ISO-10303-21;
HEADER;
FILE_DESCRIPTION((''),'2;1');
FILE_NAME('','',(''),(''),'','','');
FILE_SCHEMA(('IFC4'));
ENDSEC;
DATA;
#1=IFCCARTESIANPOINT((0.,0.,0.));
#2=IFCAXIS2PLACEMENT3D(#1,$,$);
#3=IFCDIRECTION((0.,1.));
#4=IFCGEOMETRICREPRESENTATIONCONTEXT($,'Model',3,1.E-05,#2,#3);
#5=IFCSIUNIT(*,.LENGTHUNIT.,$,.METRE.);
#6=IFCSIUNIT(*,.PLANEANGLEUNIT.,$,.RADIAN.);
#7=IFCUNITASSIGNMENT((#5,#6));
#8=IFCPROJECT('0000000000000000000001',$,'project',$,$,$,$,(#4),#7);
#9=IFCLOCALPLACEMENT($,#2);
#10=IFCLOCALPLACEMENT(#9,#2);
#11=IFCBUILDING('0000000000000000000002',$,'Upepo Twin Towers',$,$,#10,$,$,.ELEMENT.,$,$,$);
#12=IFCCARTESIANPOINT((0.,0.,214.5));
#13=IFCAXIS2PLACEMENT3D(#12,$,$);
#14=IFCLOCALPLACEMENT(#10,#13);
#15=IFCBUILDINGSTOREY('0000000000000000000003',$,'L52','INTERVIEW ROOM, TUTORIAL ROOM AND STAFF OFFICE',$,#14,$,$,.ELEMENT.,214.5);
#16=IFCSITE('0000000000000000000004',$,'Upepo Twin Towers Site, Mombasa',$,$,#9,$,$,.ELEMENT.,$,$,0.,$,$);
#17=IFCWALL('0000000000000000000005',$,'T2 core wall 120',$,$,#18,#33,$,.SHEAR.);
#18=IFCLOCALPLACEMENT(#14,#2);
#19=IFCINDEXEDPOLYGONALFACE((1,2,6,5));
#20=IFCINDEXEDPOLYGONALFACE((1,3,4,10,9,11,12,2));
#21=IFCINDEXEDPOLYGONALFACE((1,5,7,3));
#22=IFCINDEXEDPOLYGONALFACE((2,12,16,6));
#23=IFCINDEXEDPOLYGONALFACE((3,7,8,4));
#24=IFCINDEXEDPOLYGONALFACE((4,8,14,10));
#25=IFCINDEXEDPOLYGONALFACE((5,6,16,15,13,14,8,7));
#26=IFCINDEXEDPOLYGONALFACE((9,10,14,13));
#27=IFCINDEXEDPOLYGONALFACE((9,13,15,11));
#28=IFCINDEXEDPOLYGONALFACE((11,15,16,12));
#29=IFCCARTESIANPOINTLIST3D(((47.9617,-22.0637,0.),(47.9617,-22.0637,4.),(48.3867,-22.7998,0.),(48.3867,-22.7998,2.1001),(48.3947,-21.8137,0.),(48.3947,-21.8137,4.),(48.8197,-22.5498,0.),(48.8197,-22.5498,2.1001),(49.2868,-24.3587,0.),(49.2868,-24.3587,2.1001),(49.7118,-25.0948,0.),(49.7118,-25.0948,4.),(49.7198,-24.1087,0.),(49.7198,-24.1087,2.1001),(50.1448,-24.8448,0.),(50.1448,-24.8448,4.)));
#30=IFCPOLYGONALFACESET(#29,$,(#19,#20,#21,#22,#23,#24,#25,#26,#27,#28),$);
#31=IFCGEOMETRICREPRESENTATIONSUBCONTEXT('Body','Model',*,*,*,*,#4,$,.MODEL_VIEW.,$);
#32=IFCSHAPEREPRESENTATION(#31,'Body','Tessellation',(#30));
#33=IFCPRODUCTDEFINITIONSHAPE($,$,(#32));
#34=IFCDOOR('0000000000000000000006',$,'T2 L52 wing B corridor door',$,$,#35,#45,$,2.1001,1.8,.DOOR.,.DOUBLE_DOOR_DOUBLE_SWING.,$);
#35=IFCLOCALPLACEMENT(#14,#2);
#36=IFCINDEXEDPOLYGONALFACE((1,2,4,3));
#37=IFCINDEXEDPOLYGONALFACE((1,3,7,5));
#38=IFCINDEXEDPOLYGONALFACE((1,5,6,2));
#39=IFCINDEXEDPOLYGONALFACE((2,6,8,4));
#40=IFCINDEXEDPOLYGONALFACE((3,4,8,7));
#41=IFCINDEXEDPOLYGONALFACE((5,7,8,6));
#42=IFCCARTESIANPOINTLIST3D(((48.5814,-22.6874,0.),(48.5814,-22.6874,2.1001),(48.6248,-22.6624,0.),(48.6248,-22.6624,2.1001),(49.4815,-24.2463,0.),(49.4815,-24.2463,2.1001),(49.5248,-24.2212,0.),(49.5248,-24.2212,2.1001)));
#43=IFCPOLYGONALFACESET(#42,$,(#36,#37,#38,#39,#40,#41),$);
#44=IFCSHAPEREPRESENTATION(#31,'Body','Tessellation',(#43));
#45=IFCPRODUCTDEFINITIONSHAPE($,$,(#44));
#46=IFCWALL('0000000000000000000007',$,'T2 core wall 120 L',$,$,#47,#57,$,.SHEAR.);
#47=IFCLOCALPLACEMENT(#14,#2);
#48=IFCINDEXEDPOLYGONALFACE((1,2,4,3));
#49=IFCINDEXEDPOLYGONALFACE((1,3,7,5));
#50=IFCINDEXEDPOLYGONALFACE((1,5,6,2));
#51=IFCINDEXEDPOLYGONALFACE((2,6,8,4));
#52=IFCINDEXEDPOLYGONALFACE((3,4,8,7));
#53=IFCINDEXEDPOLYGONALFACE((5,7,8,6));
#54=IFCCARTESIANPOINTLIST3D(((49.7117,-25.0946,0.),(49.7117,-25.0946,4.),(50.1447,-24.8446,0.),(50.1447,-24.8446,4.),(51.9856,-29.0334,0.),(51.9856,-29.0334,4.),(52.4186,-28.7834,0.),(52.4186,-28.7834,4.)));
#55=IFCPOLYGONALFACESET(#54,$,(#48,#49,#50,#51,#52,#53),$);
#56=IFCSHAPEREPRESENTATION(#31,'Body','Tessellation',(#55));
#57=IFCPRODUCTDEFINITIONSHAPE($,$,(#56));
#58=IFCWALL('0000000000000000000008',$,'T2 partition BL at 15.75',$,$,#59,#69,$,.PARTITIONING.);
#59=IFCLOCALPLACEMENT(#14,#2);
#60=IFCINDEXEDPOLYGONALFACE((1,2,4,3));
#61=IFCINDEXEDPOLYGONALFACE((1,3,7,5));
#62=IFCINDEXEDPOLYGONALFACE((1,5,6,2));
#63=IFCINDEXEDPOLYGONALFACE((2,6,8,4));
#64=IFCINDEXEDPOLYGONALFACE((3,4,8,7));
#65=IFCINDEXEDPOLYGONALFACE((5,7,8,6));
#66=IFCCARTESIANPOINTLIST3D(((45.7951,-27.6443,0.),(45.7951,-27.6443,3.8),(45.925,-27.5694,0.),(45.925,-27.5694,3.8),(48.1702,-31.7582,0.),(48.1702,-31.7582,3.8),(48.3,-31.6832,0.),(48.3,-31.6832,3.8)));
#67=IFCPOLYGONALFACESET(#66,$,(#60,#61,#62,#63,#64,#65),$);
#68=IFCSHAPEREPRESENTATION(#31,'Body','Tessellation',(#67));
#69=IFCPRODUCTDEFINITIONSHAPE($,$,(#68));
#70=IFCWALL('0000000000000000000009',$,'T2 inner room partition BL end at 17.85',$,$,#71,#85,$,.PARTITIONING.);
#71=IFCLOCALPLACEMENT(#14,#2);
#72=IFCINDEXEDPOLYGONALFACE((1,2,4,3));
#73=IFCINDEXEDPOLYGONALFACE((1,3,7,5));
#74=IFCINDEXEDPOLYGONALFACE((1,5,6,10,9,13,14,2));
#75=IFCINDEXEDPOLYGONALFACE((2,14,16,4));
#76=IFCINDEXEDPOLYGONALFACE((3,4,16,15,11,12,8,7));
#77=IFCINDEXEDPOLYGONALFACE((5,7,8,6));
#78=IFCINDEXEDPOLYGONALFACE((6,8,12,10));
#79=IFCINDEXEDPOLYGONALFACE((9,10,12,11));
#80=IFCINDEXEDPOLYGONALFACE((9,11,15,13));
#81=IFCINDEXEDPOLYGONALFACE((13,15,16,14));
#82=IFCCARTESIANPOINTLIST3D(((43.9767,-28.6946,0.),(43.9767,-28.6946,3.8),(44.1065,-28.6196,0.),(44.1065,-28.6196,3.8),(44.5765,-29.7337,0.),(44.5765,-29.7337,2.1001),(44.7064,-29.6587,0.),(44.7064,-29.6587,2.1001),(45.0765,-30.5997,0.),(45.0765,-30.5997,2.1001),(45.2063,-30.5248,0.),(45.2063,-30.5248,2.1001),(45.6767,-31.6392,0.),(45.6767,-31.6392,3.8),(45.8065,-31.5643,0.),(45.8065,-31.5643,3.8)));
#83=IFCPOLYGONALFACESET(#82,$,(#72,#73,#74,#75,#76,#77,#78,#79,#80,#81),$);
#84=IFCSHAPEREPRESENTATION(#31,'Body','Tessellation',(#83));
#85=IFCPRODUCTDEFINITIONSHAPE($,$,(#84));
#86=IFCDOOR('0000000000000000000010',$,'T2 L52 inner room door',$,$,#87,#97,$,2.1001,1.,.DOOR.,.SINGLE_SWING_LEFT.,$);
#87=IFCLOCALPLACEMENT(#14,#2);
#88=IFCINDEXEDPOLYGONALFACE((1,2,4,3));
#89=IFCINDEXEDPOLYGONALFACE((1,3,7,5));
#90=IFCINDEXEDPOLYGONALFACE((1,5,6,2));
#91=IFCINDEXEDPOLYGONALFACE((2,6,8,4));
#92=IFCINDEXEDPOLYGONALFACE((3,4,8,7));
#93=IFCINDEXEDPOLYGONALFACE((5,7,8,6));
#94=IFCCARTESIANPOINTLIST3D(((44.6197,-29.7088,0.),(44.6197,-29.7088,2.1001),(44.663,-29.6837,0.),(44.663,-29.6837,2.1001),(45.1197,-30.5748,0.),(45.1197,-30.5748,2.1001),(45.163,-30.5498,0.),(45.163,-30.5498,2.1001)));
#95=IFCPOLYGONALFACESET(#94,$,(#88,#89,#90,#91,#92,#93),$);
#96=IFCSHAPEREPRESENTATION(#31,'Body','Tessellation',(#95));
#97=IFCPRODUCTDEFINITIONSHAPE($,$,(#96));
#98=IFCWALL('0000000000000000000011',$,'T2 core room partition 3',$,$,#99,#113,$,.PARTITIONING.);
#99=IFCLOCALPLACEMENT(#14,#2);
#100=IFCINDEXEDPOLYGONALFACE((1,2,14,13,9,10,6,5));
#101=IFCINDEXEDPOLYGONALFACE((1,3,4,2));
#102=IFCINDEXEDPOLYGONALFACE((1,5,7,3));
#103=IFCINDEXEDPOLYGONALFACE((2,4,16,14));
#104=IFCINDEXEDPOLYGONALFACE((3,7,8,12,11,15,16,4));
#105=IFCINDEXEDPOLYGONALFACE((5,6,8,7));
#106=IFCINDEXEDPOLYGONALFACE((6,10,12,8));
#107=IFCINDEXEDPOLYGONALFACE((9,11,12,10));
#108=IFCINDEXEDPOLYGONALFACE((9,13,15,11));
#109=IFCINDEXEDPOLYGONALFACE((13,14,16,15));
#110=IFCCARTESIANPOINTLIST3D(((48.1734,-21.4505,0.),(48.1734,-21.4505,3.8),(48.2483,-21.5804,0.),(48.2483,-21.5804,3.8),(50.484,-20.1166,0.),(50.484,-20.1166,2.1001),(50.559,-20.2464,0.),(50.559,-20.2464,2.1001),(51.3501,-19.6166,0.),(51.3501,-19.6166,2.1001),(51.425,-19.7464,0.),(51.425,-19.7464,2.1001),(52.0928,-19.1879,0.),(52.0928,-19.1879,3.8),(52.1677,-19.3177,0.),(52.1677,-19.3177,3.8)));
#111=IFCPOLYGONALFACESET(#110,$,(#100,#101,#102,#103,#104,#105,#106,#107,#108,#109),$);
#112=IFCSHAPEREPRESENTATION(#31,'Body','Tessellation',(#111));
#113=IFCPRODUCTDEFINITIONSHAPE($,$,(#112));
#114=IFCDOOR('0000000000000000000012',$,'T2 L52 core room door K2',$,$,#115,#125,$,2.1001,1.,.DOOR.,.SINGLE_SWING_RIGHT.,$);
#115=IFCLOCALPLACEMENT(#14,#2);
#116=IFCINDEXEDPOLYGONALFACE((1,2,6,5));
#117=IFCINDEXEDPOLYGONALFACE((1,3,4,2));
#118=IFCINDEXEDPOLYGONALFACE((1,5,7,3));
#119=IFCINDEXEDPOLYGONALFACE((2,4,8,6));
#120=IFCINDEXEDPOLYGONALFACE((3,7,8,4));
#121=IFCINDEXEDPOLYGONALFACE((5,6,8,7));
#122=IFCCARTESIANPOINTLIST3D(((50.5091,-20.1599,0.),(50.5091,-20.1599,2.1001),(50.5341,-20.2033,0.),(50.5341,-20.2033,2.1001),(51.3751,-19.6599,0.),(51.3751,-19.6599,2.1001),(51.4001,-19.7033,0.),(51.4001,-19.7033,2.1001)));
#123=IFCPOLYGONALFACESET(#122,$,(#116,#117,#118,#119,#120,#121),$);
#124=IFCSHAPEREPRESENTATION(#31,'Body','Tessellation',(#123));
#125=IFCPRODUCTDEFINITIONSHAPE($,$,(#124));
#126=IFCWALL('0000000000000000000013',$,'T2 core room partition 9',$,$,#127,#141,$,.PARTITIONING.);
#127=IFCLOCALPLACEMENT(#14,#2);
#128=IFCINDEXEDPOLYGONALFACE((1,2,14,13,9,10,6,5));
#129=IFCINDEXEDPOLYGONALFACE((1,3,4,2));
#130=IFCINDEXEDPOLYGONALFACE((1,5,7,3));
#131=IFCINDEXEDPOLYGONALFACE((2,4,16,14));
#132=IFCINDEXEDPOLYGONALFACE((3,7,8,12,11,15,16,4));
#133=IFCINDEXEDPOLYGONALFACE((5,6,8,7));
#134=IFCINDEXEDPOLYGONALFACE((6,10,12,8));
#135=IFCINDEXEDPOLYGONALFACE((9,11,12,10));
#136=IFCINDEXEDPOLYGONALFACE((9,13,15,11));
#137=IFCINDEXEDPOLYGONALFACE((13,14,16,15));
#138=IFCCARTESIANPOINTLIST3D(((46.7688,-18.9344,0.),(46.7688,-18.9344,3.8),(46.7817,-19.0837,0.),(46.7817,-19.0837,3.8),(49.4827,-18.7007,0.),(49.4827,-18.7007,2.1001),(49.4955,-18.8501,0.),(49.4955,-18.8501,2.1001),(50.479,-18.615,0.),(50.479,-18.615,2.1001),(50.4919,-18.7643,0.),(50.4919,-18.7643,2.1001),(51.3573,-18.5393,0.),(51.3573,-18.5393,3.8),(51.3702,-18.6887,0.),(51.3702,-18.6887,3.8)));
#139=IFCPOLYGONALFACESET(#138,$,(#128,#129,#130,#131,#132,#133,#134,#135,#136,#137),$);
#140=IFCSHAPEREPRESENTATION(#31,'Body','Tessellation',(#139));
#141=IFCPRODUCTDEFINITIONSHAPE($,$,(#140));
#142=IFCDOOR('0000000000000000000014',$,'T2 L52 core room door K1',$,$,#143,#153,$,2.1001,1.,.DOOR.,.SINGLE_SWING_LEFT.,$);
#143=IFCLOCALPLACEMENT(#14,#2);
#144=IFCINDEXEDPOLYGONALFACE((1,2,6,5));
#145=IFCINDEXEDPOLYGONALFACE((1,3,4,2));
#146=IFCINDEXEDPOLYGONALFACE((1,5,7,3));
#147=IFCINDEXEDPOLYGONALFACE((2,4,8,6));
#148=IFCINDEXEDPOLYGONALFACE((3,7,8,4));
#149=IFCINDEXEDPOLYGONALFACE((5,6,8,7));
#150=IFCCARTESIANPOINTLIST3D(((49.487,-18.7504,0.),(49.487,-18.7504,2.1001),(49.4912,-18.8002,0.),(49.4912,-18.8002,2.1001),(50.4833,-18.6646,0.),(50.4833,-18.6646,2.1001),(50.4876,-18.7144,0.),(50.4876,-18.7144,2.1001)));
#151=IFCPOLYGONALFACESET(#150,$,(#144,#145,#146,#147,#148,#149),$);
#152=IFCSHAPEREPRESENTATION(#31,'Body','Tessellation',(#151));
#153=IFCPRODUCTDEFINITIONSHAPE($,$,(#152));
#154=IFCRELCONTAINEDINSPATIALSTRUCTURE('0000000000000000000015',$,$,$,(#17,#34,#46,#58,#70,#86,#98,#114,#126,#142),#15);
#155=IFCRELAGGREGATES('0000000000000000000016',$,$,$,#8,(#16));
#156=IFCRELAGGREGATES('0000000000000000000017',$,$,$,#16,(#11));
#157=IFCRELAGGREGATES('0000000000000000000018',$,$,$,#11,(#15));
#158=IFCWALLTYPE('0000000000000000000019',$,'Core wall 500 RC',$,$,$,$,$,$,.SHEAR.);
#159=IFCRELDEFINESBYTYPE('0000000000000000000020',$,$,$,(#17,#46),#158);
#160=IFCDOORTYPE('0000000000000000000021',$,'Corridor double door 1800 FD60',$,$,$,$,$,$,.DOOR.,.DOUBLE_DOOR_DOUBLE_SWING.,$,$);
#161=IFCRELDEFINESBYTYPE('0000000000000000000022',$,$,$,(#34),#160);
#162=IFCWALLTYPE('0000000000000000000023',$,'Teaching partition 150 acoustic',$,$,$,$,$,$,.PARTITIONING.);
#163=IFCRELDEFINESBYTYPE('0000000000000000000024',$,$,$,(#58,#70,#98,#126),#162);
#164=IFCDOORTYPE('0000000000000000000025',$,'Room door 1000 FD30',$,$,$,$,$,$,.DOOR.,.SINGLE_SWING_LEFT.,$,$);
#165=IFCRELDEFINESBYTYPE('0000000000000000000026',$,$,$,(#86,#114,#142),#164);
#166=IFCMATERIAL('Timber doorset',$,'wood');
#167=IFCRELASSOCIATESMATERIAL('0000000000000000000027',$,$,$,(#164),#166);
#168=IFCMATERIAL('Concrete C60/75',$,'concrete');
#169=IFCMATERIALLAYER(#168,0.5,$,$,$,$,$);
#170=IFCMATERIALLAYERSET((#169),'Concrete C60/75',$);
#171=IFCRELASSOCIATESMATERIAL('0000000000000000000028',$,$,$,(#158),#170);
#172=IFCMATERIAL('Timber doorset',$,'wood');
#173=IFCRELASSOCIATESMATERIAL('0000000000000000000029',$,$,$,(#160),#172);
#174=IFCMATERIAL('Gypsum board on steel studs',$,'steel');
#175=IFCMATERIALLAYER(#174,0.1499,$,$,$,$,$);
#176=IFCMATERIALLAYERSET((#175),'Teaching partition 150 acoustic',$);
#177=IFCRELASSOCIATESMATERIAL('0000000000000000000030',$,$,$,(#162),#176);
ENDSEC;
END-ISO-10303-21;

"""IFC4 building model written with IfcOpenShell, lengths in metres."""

from ifc_helpers import new_model, si_unit, direction, frame, frame_2d, origin, place, context, subcontext, project, spatial, rectangle, extrude, material, layer, layer_set, type_object, element, fill, save


model = new_model("IFC4")

# Units and contexts
model_context = context("Model", 3, precision=1e-05, world=origin(), true_north=direction((0.0, 1.0)))
body_context = subcontext(model_context, "Body", "Model", "MODEL_VIEW")
ifc_project = project(units=[si_unit("LENGTHUNIT", "METRE"), si_unit("PLANEANGLEUNIT", "RADIAN")], contexts=[model_context])

# Site, building, storey
site_placement = place(None, origin())
site = spatial("IfcSite", under=ifc_project, at=site_placement, Name="Upepo Twin Towers Site, Mombasa", CompositionType="ELEMENT", RefElevation=0.0)
building_placement = place(site_placement, origin())
building = spatial("IfcBuilding", under=site, at=building_placement, Name="Upepo Twin Towers", CompositionType="ELEMENT")
storey_placement = place(building_placement, frame((0.0, 0.0, 214.5)))
storey = spatial("IfcBuildingStorey", under=building, at=storey_placement, Name="L52", Description="INTERVIEW ROOM, TUTORIAL ROOM AND STAFF OFFICE", CompositionType="ELEMENT", Elevation=214.5)

# Shared definitions
ifc_material_1 = material(Name="Timber doorset", Category="wood")
door_type_1 = type_object("IfcDoorType", Name="Room door 1000 FD30", OperationType="SINGLE_SWING_LEFT", PredefinedType="DOOR", material=ifc_material_1)

# Shared definitions
ifc_material_2 = material(Name="Concrete C60/75", Category="concrete")
ifc_layer_1 = layer(ifc_material_2, 0.5)
ifc_layer_set_1 = layer_set([ifc_layer_1], Name="Concrete C60/75")
wall_type_1 = type_object("IfcWallType", Name="Core wall 500 RC", PredefinedType="SHEAR", material=ifc_layer_set_1)

# Wall, opening, door
wall_1_placement = place(storey_placement, frame((48.1782, -21.9387, 0.0), z_axis=(0.0, 0.0, 1.0), x_axis=(0.50001, -0.866019, 0.0)))
wall_1 = element("IfcWall", 1, at=wall_1_placement, inside=storey, type_object=wall_type_1, Name="T2 core wall 120", PredefinedType="SHEAR", context=body_context, shape_type="SweptSolid", body=[
    extrude(rectangle(XDim=3.5, YDim=0.5, at=frame_2d((1.75, 0.0))), origin(), (0.0, 0.0, 1.0), 4.0),
])
opening_1_placement = place(wall_1_placement, frame((0.8501, 0.0, 0.0)))
opening_1 = element("IfcOpeningElement", 2, at=opening_1_placement, cuts=wall_1, PredefinedType="OPENING", context=body_context, shape_type="SweptSolid", body=[
    extrude(rectangle(XDim=1.8, YDim=2.1001, at=frame_2d((0.8999, 1.05))), frame((0.0, 0.26, 0.0), z_axis=(0.0, -1.0, 0.0), x_axis=(1.0, 0.0, 0.0)), (0.0, 0.0, 1.0), 0.52),
])
ifc_material_3 = material(Name="Timber doorset", Category="wood")
door_type_2 = type_object("IfcDoorType", Name="Corridor double door 1800 FD60", OperationType="DOUBLE_DOOR_DOUBLE_SWING", PredefinedType="DOOR", material=ifc_material_3)
door_1_placement = place(opening_1_placement, origin())
door_1 = element("IfcDoor", 3, at=door_1_placement, inside=storey, type_object=door_type_2, Name="T2 L52 wing B corridor door", OperationType="DOUBLE_DOOR_DOUBLE_SWING", OverallHeight=2.1001, OverallWidth=1.8, PredefinedType="DOOR", context=body_context, shape_type="SweptSolid", body=[
    extrude(rectangle(XDim=1.8, YDim=2.1001, at=frame_2d((0.8999, 1.05))), frame((0.0, 0.0249, 0.0), z_axis=(0.0, -1.0, 0.0), x_axis=(1.0, 0.0, 0.0)), (0.0, 0.0, 1.0), 0.05),
])
fill(opening_1, door_1)

# Walls
wall_2_placement = place(storey_placement, frame((49.9282, -24.9697, 0.0), z_axis=(0.0, 0.0, 1.0), x_axis=(0.499984, -0.866035, 0.0)))
element("IfcWall", 4, at=wall_2_placement, inside=storey, type_object=wall_type_1, Name="T2 core wall 120 L", PredefinedType="SHEAR", context=body_context, shape_type="SweptSolid", body=[
    extrude(rectangle(XDim=4.5481, YDim=0.5, at=frame_2d((2.2739, 0.0))), origin(), (0.0, 0.0, 1.0), 4.0),
])
ifc_material_4 = material(Name="Gypsum board on steel studs", Category="steel")
ifc_layer_2 = layer(ifc_material_4, 0.1499)
ifc_layer_set_2 = layer_set([ifc_layer_2], Name="Teaching partition 150 acoustic")
wall_type_2 = type_object("IfcWallType", Name="Teaching partition 150 acoustic", PredefinedType="PARTITIONING", material=ifc_layer_set_2)
wall_3_placement = place(storey_placement, frame((45.8601, -27.6069, 0.0), z_axis=(0.0, 0.0, 1.0), x_axis=(0.499986, -0.866033, 0.0)))
element("IfcWall", 5, at=wall_3_placement, inside=storey, type_object=wall_type_2, Name="T2 partition BL at 15.75", PredefinedType="PARTITIONING", context=body_context, shape_type="SweptSolid", body=[
    extrude(rectangle(XDim=4.7502, YDim=0.1499, at=frame_2d((2.375, 0.0))), origin(), (0.0, 0.0, 1.0), 3.8),
])

# Walls, openings, doors
wall_4_placement = place(storey_placement, frame((44.0415, -28.657, 0.0), z_axis=(0.0, 0.0, 1.0), x_axis=(0.499977, -0.866039, 0.0)))
wall_4 = element("IfcWall", 6, at=wall_4_placement, inside=storey, type_object=wall_type_2, Name="T2 inner room partition BL end at 17.85", PredefinedType="PARTITIONING", context=body_context, shape_type="SweptSolid", body=[
    extrude(rectangle(XDim=3.4001, YDim=0.1499, at=frame_2d((1.7002, 0.0))), origin(), (0.0, 0.0, 1.0), 3.8),
])
opening_2_placement = place(wall_4_placement, frame((1.2, 0.0, 0.0)))
opening_2 = element("IfcOpeningElement", 7, at=opening_2_placement, cuts=wall_4, PredefinedType="OPENING", context=body_context, shape_type="SweptSolid", body=[
    extrude(rectangle(XDim=1.0, YDim=2.1001, at=frame_2d((0.5, 1.05))), frame((0.0, 0.085, 0.0), z_axis=(0.0, -1.0, 0.0), x_axis=(1.0, 0.0, 0.0)), (0.0, 0.0, 1.0), 0.1699),
])
door_2_placement = place(opening_2_placement, origin())
door_2 = element("IfcDoor", 8, at=door_2_placement, inside=storey, type_object=door_type_1, Name="T2 L52 inner room door", OperationType="SINGLE_SWING_LEFT", OverallHeight=2.1001, OverallWidth=1.0, PredefinedType="DOOR", context=body_context, shape_type="SweptSolid", body=[
    extrude(rectangle(XDim=1.0, YDim=2.1001, at=frame_2d((0.5, 1.05))), frame((0.0, 0.0249, 0.0), z_axis=(0.0, -1.0, 0.0), x_axis=(1.0, 0.0, 0.0)), (0.0, 0.0, 1.0), 0.05),
])
fill(opening_2, door_2)
wall_5_placement = place(storey_placement, frame((48.2109, -21.5154, 0.0), z_axis=(0.0, 0.0, 1.0), x_axis=(0.866044, 0.499968, 0.0)))
wall_5 = element("IfcWall", 9, at=wall_5_placement, inside=storey, type_object=wall_type_2, Name="T2 core room partition 3", PredefinedType="PARTITIONING", context=body_context, shape_type="SweptSolid", body=[
    extrude(rectangle(XDim=4.5256, YDim=0.1499, at=frame_2d((2.2627, 0.0))), origin(), (0.0, 0.0, 1.0), 3.8),
])
opening_3_placement = place(wall_5_placement, frame((2.668, 0.0, 0.0)))
opening_3 = element("IfcOpeningElement", 10, at=opening_3_placement, cuts=wall_5, PredefinedType="OPENING", context=body_context, shape_type="SweptSolid", body=[
    extrude(rectangle(XDim=1.0, YDim=2.1001, at=frame_2d((0.5, 1.05))), frame((0.0, 0.085, 0.0), z_axis=(0.0, -1.0, 0.0), x_axis=(1.0, 0.0, 0.0)), (0.0, 0.0, 1.0), 0.1699),
])
door_3_placement = place(opening_3_placement, origin())
door_3 = element("IfcDoor", 11, at=door_3_placement, inside=storey, type_object=door_type_1, Name="T2 L52 core room door K2", OperationType="SINGLE_SWING_RIGHT", OverallHeight=2.1001, OverallWidth=1.0, PredefinedType="DOOR", context=body_context, shape_type="SweptSolid", body=[
    extrude(rectangle(XDim=1.0, YDim=2.1001, at=frame_2d((0.5, 1.05))), frame((0.0, 0.0249, 0.0), z_axis=(0.0, -1.0, 0.0), x_axis=(1.0, 0.0, 0.0)), (0.0, 0.0, 1.0), 0.05),
])
fill(opening_3, door_3)
wall_6_placement = place(storey_placement, frame((51.3638, -18.614, 0.0), z_axis=(0.0, 0.0, 1.0), x_axis=(-0.996315, -0.085774, 0.0)))
wall_6 = element("IfcWall", 12, at=wall_6_placement, inside=storey, type_object=wall_type_2, Name="T2 core room partition 9", PredefinedType="PARTITIONING", context=body_context, shape_type="SweptSolid", body=[
    extrude(rectangle(XDim=4.6055, YDim=0.1499, at=frame_2d((2.3027, 0.0))), origin(), (0.0, 0.0, 1.0), 3.8),
])
opening_4_placement = place(wall_6_placement, frame((0.8816, 0.0, 0.0)))
opening_4 = element("IfcOpeningElement", 13, at=opening_4_placement, cuts=wall_6, PredefinedType="OPENING", context=body_context, shape_type="SweptSolid", body=[
    extrude(rectangle(XDim=1.0, YDim=2.1001, at=frame_2d((0.5, 1.05))), frame((0.0, 0.085, 0.0), z_axis=(0.0, -1.0, 0.0), x_axis=(1.0, 0.0, 0.0)), (0.0, 0.0, 1.0), 0.1699),
])
door_4_placement = place(opening_4_placement, origin())
door_4 = element("IfcDoor", 14, at=door_4_placement, inside=storey, type_object=door_type_1, Name="T2 L52 core room door K1", OperationType="SINGLE_SWING_LEFT", OverallHeight=2.1001, OverallWidth=1.0, PredefinedType="DOOR", context=body_context, shape_type="SweptSolid", body=[
    extrude(rectangle(XDim=1.0, YDim=2.1001, at=frame_2d((0.5, 1.05))), frame((0.0, 0.0249, 0.0), z_axis=(0.0, -1.0, 0.0), x_axis=(1.0, 0.0, 0.0)), (0.0, 0.0, 1.0), 0.05),
])
fill(opening_4, door_4)

save(model, "model.ifc")
